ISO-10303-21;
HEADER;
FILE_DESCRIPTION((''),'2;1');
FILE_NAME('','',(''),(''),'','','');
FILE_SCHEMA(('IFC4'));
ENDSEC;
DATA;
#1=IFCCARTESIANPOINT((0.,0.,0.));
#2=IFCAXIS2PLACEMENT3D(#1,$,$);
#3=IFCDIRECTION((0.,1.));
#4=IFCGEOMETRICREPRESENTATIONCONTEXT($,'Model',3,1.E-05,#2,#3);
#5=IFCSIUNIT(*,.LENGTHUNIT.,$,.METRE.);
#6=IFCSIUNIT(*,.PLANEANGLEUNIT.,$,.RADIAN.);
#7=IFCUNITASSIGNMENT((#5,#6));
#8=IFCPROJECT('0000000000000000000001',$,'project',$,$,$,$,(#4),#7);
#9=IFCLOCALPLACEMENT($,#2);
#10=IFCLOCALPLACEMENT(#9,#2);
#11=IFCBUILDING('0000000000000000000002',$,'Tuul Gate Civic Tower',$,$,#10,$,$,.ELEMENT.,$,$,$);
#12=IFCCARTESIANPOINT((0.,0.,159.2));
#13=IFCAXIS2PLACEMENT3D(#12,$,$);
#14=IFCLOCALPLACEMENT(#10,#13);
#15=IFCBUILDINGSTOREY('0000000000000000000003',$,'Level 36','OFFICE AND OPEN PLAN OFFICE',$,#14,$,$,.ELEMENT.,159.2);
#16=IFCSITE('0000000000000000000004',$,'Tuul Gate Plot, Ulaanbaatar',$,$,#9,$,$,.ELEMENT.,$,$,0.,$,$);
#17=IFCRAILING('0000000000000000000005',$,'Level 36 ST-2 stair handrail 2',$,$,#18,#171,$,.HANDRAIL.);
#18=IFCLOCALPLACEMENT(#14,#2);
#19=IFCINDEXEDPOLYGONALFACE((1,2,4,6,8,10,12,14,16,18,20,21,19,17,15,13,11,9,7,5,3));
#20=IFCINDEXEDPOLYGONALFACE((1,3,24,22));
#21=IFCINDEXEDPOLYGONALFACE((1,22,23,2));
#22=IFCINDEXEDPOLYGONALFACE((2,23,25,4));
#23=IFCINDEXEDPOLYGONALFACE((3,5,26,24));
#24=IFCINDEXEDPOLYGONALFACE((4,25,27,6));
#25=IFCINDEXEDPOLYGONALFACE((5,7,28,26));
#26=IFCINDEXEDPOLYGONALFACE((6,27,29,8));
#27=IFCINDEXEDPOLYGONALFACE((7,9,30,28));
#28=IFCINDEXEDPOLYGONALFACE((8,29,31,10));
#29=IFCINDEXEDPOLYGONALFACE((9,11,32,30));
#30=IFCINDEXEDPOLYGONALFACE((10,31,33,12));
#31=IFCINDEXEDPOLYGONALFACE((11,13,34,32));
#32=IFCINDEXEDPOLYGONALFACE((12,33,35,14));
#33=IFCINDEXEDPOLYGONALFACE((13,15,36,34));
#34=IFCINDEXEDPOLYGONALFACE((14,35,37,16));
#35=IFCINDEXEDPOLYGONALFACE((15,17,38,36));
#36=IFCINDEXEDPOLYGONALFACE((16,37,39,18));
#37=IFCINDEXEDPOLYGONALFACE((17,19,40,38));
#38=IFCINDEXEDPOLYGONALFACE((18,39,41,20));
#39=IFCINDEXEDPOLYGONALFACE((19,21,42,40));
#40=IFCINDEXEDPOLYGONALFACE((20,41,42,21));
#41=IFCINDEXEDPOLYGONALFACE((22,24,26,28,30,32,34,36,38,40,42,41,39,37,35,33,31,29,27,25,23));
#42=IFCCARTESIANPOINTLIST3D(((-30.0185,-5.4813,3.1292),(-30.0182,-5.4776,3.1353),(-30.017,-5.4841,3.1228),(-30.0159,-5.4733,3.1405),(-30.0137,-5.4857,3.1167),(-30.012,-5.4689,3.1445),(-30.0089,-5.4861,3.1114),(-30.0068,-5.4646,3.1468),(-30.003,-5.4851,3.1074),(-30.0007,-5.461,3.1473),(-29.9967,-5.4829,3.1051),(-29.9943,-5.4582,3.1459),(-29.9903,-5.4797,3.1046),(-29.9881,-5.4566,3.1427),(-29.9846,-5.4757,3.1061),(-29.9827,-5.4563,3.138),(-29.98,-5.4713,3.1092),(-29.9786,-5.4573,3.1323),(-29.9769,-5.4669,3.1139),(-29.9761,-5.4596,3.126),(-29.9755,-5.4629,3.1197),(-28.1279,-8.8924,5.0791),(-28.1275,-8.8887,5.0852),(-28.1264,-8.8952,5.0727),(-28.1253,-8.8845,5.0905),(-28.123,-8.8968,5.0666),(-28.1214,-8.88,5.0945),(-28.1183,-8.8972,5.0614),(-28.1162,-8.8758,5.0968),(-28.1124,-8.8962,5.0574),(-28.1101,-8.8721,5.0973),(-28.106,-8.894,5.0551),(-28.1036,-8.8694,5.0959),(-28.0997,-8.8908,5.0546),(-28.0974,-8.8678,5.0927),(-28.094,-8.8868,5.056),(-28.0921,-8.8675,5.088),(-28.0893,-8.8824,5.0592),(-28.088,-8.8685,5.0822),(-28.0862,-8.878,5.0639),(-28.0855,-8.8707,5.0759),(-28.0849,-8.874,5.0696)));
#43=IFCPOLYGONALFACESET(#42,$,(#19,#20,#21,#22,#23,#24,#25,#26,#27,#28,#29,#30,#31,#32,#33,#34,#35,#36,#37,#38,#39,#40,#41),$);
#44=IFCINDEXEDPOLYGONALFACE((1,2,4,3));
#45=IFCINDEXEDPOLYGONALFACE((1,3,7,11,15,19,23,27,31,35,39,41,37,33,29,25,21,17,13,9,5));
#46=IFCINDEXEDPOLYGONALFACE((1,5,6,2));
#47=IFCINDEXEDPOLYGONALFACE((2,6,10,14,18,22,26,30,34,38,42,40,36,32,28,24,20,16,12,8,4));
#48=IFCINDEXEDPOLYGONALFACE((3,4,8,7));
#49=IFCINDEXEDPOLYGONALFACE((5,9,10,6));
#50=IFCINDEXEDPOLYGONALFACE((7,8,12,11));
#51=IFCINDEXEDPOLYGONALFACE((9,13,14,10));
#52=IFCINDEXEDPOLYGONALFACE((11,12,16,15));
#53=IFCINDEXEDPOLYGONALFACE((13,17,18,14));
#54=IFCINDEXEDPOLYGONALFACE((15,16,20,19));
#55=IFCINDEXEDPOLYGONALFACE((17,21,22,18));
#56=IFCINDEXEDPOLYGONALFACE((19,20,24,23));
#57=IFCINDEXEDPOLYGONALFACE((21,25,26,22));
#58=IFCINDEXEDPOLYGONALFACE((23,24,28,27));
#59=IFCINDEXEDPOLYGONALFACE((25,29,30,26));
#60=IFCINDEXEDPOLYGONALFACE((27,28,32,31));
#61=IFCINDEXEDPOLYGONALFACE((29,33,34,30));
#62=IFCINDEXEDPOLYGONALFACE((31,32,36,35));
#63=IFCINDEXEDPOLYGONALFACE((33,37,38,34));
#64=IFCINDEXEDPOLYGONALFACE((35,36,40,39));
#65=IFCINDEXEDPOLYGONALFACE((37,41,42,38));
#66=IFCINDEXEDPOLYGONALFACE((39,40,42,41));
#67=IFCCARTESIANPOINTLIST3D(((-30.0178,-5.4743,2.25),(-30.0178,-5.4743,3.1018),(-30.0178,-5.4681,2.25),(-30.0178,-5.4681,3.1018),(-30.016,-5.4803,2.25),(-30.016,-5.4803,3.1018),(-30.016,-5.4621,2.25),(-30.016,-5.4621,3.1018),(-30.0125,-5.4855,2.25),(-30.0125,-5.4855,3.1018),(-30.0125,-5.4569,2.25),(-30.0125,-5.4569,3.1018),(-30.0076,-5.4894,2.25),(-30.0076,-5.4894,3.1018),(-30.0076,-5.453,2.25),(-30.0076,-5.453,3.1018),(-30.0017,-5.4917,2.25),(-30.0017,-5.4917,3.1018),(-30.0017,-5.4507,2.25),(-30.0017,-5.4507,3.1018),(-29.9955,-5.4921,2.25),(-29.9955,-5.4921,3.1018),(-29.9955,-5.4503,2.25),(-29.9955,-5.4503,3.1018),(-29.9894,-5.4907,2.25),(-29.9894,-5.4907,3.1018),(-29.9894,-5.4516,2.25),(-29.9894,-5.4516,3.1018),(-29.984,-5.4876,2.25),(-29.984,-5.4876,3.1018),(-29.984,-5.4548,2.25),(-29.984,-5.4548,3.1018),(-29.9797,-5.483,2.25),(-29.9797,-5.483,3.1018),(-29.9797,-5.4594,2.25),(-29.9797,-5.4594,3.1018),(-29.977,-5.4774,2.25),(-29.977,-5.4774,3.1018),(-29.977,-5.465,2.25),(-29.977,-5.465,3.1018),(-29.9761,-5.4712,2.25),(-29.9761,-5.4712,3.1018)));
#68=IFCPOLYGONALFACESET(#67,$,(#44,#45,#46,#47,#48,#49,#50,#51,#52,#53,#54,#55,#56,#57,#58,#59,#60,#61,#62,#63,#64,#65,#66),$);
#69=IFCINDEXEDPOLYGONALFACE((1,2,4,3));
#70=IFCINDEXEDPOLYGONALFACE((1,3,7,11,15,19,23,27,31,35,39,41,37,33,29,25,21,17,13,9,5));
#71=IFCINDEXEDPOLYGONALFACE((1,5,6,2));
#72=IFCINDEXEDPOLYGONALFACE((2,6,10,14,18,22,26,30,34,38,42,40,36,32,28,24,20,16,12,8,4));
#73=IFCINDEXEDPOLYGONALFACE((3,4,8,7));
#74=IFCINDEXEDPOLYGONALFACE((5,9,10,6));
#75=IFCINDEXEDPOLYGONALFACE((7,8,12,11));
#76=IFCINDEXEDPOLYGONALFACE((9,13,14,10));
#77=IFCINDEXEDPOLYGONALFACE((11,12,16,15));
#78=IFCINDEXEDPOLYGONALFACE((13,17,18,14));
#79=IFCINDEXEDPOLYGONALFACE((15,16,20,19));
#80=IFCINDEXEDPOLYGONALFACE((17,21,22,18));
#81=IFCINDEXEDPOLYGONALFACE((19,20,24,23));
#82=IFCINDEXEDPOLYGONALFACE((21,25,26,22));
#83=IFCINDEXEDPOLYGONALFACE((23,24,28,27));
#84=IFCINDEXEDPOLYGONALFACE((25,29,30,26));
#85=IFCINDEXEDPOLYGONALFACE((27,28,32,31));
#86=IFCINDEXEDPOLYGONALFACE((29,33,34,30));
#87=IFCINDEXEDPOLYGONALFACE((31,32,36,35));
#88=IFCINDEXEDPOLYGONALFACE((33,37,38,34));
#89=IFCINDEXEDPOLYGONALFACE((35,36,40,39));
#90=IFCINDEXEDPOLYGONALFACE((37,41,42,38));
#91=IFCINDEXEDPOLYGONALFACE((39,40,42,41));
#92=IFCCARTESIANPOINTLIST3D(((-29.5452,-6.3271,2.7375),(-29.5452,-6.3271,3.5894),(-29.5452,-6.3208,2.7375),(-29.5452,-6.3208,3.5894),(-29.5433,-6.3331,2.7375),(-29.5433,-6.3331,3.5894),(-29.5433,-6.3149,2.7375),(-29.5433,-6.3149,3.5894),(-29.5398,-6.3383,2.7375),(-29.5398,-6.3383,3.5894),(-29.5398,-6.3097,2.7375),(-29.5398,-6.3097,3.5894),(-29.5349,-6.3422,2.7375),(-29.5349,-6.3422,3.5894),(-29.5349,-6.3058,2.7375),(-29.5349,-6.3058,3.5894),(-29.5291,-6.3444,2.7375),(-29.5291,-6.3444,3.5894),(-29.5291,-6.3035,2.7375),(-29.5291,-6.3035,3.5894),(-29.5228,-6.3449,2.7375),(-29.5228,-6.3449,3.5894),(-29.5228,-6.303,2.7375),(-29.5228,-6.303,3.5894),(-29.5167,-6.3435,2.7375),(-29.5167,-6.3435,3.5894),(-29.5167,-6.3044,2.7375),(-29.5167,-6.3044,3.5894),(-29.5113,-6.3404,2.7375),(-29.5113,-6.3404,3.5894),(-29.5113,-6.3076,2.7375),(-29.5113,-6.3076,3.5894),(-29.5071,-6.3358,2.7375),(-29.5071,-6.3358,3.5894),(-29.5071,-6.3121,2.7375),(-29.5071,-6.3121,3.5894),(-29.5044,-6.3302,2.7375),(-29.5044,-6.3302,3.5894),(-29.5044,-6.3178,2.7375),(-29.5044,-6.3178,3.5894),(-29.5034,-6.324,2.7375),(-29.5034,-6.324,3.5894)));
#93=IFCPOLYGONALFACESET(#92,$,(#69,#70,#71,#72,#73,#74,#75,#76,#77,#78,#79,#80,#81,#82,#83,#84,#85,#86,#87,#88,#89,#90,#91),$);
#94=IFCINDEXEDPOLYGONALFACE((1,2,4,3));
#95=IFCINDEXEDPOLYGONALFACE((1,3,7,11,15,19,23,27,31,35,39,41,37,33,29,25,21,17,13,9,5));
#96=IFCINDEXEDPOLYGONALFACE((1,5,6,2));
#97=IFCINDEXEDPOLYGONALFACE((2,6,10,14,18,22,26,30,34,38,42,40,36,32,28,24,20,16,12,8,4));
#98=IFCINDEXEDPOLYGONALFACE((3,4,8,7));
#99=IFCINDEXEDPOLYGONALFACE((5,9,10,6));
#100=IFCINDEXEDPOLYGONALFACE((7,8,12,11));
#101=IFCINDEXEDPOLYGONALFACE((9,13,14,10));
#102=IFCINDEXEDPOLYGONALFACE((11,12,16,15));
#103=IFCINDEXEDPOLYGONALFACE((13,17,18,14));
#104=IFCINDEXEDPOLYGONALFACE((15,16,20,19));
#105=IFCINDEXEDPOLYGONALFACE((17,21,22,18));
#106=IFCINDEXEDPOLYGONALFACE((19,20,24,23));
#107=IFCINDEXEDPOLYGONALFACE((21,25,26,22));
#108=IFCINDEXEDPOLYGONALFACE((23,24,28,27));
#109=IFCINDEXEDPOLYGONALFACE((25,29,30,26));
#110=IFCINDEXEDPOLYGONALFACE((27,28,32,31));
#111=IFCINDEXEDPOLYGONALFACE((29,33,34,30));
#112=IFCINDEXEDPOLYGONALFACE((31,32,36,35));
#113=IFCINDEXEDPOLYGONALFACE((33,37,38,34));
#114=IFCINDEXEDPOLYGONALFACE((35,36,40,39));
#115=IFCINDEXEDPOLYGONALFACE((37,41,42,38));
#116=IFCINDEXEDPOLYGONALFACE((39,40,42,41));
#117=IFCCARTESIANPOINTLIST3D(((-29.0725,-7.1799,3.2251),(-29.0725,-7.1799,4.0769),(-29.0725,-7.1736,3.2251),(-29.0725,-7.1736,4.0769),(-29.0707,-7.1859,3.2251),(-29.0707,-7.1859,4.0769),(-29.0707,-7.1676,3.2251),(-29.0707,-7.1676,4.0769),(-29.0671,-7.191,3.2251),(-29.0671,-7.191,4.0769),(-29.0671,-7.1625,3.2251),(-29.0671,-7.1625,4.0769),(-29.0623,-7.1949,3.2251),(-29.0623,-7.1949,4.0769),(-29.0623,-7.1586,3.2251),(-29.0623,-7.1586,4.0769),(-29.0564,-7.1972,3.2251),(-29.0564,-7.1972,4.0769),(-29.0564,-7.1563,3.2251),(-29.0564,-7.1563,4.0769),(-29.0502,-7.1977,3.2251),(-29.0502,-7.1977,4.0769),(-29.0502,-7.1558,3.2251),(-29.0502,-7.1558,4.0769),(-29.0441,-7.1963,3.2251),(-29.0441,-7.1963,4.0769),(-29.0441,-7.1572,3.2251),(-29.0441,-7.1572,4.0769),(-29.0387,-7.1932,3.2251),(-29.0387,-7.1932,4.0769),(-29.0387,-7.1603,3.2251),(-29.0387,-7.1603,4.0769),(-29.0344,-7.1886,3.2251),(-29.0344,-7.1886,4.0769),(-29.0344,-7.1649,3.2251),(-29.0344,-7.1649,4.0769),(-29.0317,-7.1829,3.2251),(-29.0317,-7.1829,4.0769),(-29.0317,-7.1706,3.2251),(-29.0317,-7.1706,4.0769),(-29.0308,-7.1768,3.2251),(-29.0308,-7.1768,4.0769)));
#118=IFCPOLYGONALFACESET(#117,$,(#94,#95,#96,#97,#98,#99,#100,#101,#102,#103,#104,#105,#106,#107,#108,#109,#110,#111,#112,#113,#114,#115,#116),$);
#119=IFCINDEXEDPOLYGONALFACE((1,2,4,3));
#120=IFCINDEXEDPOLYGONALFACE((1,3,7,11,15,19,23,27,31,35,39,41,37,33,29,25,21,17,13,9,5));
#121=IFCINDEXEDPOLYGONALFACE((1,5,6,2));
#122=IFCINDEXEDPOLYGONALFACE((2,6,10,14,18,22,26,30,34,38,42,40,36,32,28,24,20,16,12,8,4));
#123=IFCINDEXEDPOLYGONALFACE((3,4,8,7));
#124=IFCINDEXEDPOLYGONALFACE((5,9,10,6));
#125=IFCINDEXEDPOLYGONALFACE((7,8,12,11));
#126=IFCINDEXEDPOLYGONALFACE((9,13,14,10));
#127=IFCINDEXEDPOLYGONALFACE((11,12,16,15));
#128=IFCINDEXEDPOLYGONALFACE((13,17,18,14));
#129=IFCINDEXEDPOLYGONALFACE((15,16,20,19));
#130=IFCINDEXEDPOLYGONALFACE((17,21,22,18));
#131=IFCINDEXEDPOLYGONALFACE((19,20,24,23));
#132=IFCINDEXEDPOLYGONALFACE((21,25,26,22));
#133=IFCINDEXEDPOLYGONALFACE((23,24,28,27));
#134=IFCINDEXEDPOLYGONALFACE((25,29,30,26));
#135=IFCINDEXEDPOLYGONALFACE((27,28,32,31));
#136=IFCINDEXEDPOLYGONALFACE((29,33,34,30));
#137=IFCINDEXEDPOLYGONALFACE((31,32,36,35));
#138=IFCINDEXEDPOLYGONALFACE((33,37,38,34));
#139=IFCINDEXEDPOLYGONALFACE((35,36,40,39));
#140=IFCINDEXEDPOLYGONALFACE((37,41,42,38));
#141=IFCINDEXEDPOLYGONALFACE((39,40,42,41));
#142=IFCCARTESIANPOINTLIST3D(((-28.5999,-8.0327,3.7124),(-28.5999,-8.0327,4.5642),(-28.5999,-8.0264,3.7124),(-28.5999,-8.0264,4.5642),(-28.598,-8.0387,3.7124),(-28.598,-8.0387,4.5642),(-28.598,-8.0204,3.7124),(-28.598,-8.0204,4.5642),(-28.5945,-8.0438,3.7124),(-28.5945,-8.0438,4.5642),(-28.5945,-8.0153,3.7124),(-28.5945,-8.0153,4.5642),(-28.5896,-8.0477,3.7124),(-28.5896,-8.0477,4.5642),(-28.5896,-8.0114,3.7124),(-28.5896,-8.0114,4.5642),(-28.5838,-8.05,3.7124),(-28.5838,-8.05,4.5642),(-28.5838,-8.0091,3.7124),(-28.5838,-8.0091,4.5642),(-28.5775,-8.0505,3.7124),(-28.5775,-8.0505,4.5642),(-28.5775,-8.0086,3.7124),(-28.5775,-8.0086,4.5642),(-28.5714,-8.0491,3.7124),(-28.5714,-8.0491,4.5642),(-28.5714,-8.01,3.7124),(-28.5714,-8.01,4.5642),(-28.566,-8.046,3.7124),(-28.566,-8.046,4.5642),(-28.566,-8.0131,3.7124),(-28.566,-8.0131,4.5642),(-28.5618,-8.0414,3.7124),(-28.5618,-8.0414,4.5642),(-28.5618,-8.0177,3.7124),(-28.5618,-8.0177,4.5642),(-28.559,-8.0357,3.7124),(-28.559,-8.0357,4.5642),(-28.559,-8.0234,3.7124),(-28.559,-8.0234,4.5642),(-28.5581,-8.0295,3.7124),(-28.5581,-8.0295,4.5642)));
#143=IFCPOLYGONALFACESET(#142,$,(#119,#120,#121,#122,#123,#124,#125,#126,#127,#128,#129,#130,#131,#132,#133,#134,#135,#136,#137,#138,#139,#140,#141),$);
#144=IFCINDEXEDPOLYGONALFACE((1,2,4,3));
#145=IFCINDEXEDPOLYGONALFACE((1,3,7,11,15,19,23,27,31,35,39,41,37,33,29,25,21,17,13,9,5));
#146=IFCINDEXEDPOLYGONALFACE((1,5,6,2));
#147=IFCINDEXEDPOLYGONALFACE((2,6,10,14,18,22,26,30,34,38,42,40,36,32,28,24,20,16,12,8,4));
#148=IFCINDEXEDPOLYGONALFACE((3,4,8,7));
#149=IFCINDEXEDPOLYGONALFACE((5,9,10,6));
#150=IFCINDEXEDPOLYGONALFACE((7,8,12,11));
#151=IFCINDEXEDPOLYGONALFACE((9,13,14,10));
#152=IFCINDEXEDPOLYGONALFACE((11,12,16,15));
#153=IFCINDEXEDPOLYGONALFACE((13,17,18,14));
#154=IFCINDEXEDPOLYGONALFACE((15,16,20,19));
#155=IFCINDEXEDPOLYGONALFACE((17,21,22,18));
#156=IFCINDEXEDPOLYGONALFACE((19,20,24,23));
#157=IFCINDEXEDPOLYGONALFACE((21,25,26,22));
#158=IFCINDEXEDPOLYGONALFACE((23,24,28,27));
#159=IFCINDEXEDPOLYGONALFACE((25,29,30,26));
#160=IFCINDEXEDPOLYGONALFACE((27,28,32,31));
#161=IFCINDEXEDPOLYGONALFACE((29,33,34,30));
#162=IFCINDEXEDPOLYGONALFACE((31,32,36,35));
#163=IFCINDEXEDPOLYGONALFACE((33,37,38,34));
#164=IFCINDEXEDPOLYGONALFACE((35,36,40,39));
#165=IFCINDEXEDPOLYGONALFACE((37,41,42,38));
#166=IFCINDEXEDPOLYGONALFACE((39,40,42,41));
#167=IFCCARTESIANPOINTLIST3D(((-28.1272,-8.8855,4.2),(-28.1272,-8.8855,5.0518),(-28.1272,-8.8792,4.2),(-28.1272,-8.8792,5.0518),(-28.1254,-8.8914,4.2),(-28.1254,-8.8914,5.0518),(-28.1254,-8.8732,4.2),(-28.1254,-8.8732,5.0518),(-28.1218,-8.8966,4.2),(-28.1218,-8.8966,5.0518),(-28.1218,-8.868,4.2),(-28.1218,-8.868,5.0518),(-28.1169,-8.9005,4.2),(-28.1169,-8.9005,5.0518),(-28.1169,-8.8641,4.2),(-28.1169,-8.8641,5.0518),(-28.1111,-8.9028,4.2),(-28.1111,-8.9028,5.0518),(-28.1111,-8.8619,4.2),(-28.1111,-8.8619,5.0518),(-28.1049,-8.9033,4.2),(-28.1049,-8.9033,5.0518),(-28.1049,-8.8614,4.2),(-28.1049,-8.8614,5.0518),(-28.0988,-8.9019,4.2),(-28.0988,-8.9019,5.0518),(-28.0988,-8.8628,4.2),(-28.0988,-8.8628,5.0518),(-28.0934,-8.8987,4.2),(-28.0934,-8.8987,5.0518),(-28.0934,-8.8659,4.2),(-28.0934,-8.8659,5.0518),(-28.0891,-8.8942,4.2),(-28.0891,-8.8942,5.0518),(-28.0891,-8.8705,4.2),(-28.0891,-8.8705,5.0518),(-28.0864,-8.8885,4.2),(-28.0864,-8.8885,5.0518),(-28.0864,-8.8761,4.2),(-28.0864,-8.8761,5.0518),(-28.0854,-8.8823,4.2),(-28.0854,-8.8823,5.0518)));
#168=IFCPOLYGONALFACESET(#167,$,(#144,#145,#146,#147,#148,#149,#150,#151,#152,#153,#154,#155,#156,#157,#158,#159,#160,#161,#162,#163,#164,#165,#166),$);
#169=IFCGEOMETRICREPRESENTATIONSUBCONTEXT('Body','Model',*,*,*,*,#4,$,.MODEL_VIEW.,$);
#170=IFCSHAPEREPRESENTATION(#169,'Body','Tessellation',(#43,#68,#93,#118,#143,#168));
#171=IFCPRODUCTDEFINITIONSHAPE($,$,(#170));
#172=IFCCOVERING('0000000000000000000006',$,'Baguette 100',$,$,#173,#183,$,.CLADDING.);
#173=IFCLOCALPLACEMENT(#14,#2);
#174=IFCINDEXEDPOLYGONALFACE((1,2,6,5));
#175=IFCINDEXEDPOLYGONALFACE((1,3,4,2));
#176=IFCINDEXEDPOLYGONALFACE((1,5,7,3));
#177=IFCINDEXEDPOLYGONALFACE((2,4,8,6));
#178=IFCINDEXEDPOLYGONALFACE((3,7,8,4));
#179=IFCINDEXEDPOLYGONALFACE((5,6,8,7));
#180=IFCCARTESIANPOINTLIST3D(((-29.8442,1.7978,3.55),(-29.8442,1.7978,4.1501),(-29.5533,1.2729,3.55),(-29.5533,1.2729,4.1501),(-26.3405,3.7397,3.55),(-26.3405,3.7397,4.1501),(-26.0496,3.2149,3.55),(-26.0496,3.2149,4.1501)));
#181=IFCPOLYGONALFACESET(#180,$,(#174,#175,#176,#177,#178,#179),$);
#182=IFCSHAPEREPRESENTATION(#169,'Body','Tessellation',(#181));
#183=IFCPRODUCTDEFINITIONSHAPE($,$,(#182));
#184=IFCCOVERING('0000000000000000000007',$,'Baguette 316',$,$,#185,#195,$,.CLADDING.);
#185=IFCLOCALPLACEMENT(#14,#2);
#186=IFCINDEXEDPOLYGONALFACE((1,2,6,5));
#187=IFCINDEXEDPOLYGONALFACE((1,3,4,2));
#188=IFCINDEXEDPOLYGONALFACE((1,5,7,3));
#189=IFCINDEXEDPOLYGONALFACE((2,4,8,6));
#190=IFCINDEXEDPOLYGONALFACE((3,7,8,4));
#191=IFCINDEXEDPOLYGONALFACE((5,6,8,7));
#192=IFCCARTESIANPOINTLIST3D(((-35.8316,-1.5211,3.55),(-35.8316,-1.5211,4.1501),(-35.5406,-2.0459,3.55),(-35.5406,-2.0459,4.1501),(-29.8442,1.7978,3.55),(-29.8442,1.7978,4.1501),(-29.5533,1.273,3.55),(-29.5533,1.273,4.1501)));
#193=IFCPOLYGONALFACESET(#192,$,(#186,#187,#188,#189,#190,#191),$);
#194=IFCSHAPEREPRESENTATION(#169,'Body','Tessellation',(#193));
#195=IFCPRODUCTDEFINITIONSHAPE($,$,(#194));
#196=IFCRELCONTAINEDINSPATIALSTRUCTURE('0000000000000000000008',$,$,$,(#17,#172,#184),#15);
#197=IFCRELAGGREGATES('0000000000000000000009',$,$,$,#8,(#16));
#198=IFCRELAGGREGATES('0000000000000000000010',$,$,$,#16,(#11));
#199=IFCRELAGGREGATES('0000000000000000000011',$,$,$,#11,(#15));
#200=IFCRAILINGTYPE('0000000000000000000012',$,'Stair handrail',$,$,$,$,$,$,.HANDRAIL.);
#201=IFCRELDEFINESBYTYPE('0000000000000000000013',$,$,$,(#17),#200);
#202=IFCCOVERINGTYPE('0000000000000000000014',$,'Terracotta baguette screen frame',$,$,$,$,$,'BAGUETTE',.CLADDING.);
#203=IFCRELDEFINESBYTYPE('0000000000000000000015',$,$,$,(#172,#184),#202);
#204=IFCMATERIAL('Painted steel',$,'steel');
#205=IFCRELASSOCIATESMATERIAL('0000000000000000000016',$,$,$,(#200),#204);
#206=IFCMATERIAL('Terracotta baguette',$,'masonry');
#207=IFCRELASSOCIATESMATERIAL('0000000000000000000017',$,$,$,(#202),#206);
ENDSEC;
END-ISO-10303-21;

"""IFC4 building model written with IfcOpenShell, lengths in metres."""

from ifc_helpers import new_model, si_unit, direction, frame, origin, origin_2d, place, context, subcontext, project, spatial, rectangle, circle, extrude, material, material_profile, profile_set, type_object, element, save


model = new_model("IFC4")

# Units and contexts
model_context = context("Model", 3, precision=1e-05, world=origin(), true_north=direction((0.0, 1.0)))
body_context = subcontext(model_context, "Body", "Model", "MODEL_VIEW")
ifc_project = project(units=[si_unit("LENGTHUNIT", "METRE"), si_unit("PLANEANGLEUNIT", "RADIAN")], contexts=[model_context])

# Site, building, storey
site_placement = place(None, origin())
site = spatial("IfcSite", under=ifc_project, at=site_placement, Name="Tuul Gate Plot, Ulaanbaatar", CompositionType="ELEMENT", RefElevation=0.0)
building_placement = place(site_placement, origin())
building = spatial("IfcBuilding", under=site, at=building_placement, Name="Tuul Gate Civic Tower", CompositionType="ELEMENT")
storey_placement = place(building_placement, frame((0.0, 0.0, 159.2)))
storey = spatial("IfcBuildingStorey", under=building, at=storey_placement, Name="Level 36", Description="OFFICE AND OPEN PLAN OFFICE", CompositionType="ELEMENT", Elevation=159.2)

# Railing
ifc_material_1 = material(Name="Painted steel", Category="steel")
railing_type_1 = type_object("IfcRailingType", Name="Stair handrail", PredefinedType="HANDRAIL", material=ifc_material_1)
railing_1_placement = place(storey_placement, frame((-29.9971, -5.4712, 2.25)))
element("IfcRailing", 1, at=railing_1_placement, inside=storey, type_object=railing_type_1, Name="Level 36 ST-2 stair handrail 2", PredefinedType="HANDRAIL", context=body_context, shape_type="SweptSolid", body=[
    extrude(circle(Radius=0.0239, at=origin_2d()), frame((0.0, 0.0, 0.876), z_axis=(0.433595, -0.782308, 0.447201), x_axis=(0.874641, 0.484771, 0.0)), (0.0, 0.0, 1.0), 4.3604),
    extrude(circle(Radius=0.021, at=origin_2d()), origin(), (0.0, 0.0, 1.0), 0.8518),
    extrude(circle(Radius=0.021, at=origin_2d()), frame((0.4727, -0.8528, 0.4875)), (0.0, 0.0, 1.0), 0.8518),
    extrude(circle(Radius=0.021, at=origin_2d()), frame((0.9453, -1.7056, 0.9751)), (0.0, 0.0, 1.0), 0.8518),
    extrude(circle(Radius=0.021, at=origin_2d()), frame((1.418, -2.5583, 1.4624)), (0.0, 0.0, 1.0), 0.8518),
    extrude(circle(Radius=0.021, at=origin_2d()), frame((1.8906, -3.4111, 1.95)), (0.0, 0.0, 1.0), 0.8518),
])

# Coverings
ifc_material_2 = material(Name="Terracotta baguette", Category="masonry")
ifc_material_profile_1 = material_profile(ifc_material_2, rectangle(XDim=0.6001, YDim=0.6001, at=origin_2d()), Name="Terracotta baguette screen frame")
ifc_profile_set_1 = profile_set([ifc_material_profile_1], Name="Terracotta baguette")
covering_type = type_object("IfcCoveringType", Name="Terracotta baguette screen frame", ElementType="BAGUETTE", PredefinedType="CLADDING", material=ifc_profile_set_1)
covering_1_placement = place(storey_placement, frame((-26.1951, 3.4773, 3.8501), z_axis=(-0.874643, -0.484768, 0.0), x_axis=(0.484768, -0.874643, 0.0)))
element("IfcCovering", 2, at=covering_1_placement, inside=storey, type_object=covering_type, Name="Baguette 100", PredefinedType="CLADDING", context=body_context, shape_type="SweptSolid", body=[
    extrude(rectangle(XDim=0.6001, YDim=0.6001, at=origin_2d()), origin(), (0.0, 0.0, 1.0), 4.0059),
])
covering_2_placement = place(storey_placement, frame((-29.6987, 1.5354, 3.8501), z_axis=(-0.874618, -0.484813, 0.0), x_axis=(0.484813, -0.874618, 0.0)))
element("IfcCovering", 3, at=covering_2_placement, inside=storey, type_object=covering_type, Name="Baguette 316", PredefinedType="CLADDING", context=body_context, shape_type="SweptSolid", body=[
    extrude(rectangle(XDim=0.6001, YDim=0.6001, at=origin_2d()), origin(), (0.0, 0.0, 1.0), 6.8457),
])

save(model, "model.ifc")
